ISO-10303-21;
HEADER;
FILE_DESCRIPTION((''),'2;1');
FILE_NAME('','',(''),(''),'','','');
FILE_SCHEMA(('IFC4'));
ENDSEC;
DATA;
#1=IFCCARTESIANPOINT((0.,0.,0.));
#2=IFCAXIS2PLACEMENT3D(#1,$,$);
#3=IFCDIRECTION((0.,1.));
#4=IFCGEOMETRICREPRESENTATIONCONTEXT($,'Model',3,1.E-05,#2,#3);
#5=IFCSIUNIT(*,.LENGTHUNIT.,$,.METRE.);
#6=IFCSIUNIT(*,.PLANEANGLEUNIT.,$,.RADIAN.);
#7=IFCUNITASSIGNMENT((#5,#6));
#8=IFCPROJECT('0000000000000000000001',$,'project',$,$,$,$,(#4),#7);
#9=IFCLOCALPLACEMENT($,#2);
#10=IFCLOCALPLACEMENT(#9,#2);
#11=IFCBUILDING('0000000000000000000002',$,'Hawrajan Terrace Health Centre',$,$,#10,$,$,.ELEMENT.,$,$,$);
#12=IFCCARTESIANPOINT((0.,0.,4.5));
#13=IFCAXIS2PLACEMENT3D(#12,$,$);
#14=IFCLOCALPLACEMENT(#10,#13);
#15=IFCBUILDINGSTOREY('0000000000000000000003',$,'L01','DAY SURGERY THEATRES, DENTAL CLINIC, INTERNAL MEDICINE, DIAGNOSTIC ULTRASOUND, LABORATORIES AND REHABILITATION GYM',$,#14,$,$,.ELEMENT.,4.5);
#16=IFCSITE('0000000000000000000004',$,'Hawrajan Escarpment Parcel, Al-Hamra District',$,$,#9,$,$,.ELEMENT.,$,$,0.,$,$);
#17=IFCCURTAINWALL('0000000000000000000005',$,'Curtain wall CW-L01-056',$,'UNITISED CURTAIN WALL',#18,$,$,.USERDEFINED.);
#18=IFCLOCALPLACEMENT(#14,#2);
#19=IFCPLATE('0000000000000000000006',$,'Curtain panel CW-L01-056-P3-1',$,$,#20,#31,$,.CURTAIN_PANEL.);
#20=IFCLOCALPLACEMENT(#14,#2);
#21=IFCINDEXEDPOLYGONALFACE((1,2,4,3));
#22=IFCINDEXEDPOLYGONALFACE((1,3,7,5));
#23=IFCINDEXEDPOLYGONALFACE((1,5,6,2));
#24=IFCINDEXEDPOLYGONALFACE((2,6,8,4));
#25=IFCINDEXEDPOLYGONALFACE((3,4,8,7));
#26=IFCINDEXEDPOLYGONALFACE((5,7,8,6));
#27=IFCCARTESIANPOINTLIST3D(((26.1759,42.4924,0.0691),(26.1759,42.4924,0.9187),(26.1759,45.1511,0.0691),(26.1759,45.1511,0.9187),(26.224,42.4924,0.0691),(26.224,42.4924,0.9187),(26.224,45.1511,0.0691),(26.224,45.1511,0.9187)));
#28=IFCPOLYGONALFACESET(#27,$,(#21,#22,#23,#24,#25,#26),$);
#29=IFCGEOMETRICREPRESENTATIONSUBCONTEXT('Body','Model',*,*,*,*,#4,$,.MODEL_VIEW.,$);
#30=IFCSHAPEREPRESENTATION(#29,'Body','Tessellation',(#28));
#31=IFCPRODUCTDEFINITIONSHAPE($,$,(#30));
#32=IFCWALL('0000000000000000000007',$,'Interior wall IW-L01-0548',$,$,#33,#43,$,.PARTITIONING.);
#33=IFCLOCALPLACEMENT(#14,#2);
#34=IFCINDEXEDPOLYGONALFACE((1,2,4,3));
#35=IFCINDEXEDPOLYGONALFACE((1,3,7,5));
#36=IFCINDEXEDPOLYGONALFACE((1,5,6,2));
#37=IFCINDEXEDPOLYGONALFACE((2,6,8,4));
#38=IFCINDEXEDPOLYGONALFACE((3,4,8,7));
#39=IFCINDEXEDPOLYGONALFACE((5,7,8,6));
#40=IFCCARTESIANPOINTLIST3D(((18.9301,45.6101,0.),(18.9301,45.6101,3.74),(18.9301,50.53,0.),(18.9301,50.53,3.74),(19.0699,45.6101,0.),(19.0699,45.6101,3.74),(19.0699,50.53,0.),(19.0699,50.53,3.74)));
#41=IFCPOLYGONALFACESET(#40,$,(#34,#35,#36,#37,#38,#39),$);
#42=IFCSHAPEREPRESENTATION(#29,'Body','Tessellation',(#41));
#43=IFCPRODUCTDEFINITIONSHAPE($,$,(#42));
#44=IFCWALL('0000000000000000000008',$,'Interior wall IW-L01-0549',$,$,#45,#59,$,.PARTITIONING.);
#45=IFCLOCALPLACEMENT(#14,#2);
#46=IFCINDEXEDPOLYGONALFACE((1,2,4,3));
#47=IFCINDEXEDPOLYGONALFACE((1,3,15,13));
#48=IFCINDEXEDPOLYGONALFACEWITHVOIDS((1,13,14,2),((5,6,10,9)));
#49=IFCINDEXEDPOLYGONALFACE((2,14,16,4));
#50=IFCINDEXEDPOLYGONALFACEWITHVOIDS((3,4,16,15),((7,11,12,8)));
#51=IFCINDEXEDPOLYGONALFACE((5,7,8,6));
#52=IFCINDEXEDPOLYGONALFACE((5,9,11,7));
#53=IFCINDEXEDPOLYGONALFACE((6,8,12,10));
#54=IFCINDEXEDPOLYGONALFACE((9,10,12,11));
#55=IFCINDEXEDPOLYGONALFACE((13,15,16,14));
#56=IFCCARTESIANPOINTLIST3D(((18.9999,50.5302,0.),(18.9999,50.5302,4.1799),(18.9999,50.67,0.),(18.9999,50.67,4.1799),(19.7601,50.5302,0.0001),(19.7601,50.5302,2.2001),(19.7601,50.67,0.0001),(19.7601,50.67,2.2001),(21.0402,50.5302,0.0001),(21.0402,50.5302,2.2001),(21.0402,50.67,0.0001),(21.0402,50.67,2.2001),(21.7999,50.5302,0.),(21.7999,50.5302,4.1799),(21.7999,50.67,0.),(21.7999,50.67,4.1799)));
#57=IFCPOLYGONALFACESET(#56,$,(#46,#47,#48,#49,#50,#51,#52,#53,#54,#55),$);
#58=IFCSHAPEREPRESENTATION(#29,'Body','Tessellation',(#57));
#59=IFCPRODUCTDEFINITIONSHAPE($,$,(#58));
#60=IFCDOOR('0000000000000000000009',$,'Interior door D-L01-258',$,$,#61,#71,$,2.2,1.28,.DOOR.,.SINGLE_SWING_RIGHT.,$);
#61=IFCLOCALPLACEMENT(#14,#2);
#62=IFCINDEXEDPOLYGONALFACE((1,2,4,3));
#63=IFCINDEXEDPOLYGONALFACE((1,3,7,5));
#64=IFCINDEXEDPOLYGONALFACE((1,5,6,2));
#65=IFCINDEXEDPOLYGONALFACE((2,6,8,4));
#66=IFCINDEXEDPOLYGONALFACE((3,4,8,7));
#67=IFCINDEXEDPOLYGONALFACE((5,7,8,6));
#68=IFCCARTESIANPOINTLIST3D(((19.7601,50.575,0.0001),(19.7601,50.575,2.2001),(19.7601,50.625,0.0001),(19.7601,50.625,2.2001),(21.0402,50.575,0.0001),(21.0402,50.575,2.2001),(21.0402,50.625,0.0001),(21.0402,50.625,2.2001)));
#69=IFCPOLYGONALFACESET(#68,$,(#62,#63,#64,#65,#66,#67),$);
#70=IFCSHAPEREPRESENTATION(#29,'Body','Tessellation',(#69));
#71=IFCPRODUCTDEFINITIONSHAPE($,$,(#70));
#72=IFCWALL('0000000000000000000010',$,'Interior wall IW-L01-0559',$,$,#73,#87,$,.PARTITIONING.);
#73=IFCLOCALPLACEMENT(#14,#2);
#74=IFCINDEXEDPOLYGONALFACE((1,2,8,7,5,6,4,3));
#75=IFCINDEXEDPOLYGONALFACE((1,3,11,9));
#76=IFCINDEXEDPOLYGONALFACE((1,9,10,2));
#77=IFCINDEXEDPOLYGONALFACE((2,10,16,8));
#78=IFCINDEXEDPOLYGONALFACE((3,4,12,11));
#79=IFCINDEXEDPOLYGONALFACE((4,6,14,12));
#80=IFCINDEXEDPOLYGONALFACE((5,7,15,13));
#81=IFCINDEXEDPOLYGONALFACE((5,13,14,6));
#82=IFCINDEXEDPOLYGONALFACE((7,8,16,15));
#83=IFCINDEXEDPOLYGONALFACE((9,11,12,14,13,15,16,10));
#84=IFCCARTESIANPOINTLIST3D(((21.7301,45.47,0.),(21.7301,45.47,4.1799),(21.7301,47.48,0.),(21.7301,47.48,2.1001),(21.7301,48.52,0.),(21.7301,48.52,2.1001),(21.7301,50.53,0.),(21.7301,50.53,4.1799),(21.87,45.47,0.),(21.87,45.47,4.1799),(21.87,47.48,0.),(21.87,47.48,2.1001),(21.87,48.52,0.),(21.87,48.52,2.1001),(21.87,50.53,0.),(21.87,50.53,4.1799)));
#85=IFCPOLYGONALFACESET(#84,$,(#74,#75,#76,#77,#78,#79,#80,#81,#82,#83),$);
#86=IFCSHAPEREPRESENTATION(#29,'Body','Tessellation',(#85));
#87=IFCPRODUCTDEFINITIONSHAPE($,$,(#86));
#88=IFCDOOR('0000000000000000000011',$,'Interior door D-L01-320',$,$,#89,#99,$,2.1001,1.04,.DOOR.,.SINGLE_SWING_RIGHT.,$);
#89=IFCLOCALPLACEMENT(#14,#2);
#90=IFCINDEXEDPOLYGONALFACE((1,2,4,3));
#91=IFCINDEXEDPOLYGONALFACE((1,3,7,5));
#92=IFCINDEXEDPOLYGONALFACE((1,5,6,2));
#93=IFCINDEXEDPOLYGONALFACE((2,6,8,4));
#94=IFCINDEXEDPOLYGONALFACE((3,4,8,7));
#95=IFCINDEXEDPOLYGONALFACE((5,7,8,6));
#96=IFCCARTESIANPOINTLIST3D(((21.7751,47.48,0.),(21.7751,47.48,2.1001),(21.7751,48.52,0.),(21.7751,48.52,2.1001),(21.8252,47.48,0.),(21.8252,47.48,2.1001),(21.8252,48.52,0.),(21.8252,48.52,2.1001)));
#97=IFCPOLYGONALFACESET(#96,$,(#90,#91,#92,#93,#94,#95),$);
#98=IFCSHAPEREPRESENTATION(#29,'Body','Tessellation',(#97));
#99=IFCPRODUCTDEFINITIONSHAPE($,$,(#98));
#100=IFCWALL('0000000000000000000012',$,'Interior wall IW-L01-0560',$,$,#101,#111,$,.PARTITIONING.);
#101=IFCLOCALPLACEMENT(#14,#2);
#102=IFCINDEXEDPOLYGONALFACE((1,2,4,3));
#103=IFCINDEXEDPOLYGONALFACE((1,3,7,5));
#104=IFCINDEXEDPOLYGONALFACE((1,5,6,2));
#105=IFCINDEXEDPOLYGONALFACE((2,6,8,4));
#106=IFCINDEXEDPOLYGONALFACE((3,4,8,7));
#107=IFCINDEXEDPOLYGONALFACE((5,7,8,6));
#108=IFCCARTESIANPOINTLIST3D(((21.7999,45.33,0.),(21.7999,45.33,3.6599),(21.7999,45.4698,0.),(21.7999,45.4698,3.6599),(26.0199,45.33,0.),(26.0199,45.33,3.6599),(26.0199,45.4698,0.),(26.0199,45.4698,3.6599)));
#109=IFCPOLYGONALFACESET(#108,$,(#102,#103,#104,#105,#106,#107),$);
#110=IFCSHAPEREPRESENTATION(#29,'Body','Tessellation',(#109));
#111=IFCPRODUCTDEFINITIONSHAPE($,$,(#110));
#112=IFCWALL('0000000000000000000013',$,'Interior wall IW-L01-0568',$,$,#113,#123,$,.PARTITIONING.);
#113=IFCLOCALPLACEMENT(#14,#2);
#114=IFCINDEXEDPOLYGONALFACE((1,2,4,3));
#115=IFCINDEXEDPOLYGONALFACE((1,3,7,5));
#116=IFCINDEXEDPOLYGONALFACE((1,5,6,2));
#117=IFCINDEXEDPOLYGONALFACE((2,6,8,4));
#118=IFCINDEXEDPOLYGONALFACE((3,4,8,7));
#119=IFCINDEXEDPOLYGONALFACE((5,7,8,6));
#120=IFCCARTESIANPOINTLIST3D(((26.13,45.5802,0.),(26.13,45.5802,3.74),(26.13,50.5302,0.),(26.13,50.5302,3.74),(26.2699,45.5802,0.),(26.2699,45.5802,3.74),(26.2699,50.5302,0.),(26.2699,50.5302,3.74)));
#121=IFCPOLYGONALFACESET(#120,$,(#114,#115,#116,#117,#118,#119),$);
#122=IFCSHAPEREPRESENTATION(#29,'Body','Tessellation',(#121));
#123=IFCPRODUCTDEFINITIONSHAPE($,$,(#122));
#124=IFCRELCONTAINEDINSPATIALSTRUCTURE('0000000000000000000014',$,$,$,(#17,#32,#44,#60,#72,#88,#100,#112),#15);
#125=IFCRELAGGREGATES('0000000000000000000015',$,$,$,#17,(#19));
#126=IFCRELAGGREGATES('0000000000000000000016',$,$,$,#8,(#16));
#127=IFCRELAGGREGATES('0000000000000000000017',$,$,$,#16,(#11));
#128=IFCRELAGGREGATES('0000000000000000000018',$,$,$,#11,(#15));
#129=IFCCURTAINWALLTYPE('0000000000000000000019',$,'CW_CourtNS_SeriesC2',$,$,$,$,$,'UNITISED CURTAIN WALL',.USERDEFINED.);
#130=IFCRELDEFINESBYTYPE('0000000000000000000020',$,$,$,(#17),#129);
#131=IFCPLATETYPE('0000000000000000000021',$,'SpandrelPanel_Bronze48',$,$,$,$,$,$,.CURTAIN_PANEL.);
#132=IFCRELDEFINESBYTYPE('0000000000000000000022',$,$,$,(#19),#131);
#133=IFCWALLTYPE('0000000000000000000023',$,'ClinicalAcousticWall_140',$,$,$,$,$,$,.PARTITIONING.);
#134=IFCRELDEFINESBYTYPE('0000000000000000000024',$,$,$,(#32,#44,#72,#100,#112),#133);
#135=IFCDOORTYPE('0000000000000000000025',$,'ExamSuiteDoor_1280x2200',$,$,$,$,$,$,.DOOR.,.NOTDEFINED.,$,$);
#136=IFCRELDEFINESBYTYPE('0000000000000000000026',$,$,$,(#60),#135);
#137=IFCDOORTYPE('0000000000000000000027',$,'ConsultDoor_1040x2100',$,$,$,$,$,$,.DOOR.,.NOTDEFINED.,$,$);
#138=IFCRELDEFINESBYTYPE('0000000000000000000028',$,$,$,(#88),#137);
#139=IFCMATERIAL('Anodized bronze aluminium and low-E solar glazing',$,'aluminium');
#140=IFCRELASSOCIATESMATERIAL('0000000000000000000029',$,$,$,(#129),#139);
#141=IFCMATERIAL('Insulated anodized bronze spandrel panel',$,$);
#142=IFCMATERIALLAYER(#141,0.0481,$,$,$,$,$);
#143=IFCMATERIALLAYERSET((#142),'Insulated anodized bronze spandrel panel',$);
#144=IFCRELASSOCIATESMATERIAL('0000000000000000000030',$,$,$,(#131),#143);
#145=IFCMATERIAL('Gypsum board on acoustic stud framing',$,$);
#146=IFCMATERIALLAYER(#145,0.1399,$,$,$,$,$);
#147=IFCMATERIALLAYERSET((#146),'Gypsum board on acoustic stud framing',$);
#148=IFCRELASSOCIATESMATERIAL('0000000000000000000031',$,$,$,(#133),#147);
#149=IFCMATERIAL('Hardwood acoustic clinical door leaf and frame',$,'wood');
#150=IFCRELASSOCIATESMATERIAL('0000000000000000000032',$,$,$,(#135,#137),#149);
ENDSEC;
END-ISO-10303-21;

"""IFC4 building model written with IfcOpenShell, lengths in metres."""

from ifc_helpers import new_model, si_unit, direction, frame, frame_2d, origin, origin_2d, place, context, subcontext, project, spatial, rectangle, extrude, material, layer, layer_set, type_object, element, fill, aggregate, save


model = new_model("IFC4")

# Units and contexts
model_context = context("Model", 3, precision=1e-05, world=origin(), true_north=direction((0.0, 1.0)))
body_context = subcontext(model_context, "Body", "Model", "MODEL_VIEW")
ifc_project = project(units=[si_unit("LENGTHUNIT", "METRE"), si_unit("PLANEANGLEUNIT", "RADIAN")], contexts=[model_context])

# Site, building, storey
site_placement = place(None, origin())
site = spatial("IfcSite", under=ifc_project, at=site_placement, Name="Hawrajan Escarpment Parcel, Al-Hamra District", CompositionType="ELEMENT", RefElevation=0.0)
building_placement = place(site_placement, origin())
building = spatial("IfcBuilding", under=site, at=building_placement, Name="Hawrajan Terrace Health Centre", CompositionType="ELEMENT")
storey_placement = place(building_placement, frame((0.0, 0.0, 4.5)))
storey = spatial("IfcBuildingStorey", under=building, at=storey_placement, Name="L01", Description="DAY SURGERY THEATRES, DENTAL CLINIC, INTERNAL MEDICINE, DIAGNOSTIC ULTRASOUND, LABORATORIES AND REHABILITATION GYM", CompositionType="ELEMENT", Elevation=4.5)

# Shared definitions
ifc_material_1 = material(Name="Anodized bronze aluminium and low-E solar glazing", Category="aluminium")

# Curtain wall
curtain_wall_type_1 = type_object("IfcCurtainWallType", Name="CW_CourtNS_SeriesC2", ElementType="UNITISED CURTAIN WALL", PredefinedType="USERDEFINED", material=ifc_material_1)
curtain_wall_1_placement = place(storey_placement, origin())
curtain_wall_1 = element("IfcCurtainWall", 1, at=curtain_wall_1_placement, inside=storey, type_object=curtain_wall_type_1, Name="Curtain wall CW-L01-056", ObjectType="UNITISED CURTAIN WALL", PredefinedType="USERDEFINED")

# Plate
ifc_material_2 = material(Name="Insulated anodized bronze spandrel panel")
ifc_layer_1 = layer(ifc_material_2, 0.0481)
ifc_layer_set_1 = layer_set([ifc_layer_1], Name="Insulated anodized bronze spandrel panel")
plate_type_1 = type_object("IfcPlateType", Name="SpandrelPanel_Bronze48", PredefinedType="CURTAIN_PANEL", material=ifc_layer_set_1)
plate_1_placement = place(storey_placement, frame((26.2, 43.8218, 0.0691), z_axis=(0.0, 0.0, 1.0), x_axis=(0.0, 1.0, 0.0)))
plate_1 = element("IfcPlate", 2, at=plate_1_placement, type_object=plate_type_1, Name="Curtain panel CW-L01-056-P3-1", PredefinedType="CURTAIN_PANEL", context=body_context, shape_type="SweptSolid", body=[
    extrude(rectangle(XDim=2.6587, YDim=0.0481, at=origin_2d()), origin(), (0.0, 0.0, 1.0), 0.8496),
])
aggregate(curtain_wall_1, [plate_1])

# Wall
ifc_material_3 = material(Name="Gypsum board on acoustic stud framing")
ifc_layer_2 = layer(ifc_material_3, 0.1399)
ifc_layer_set_2 = layer_set([ifc_layer_2], Name="Gypsum board on acoustic stud framing")
wall_type = type_object("IfcWallType", Name="ClinicalAcousticWall_140", PredefinedType="PARTITIONING", material=ifc_layer_set_2)
wall_1_placement = place(storey_placement, frame((19.0, 45.6101, 0.0), z_axis=(0.0, 0.0, 1.0), x_axis=(0.0, 1.0, 0.0)))
element("IfcWall", 3, at=wall_1_placement, inside=storey, type_object=wall_type, Name="Interior wall IW-L01-0548", PredefinedType="PARTITIONING", context=body_context, shape_type="SweptSolid", body=[
    extrude(rectangle(XDim=4.9199, YDim=0.1399, at=frame_2d((2.46, 0.0))), origin(), (0.0, 0.0, 1.0), 3.74),
])

# Walls, openings, doors
wall_2_placement = place(storey_placement, frame((19.0, 50.6001, 0.0), z_axis=(0.0, 0.0, 1.0), x_axis=(1.0, 0.0, 0.0)))
wall_2 = element("IfcWall", 4, at=wall_2_placement, inside=storey, type_object=wall_type, Name="Interior wall IW-L01-0549", PredefinedType="PARTITIONING", context=body_context, shape_type="SweptSolid", body=[
    extrude(rectangle(XDim=2.8, YDim=0.1399, at=frame_2d((1.3999, 0.0))), origin(), (0.0, 0.0, 1.0), 4.1799),
])
opening_1_placement = place(wall_2_placement, frame((0.76, 0.0, 0.0)))
opening_1 = element("IfcOpeningElement", 5, at=opening_1_placement, cuts=wall_2, PredefinedType="OPENING", context=body_context, shape_type="SweptSolid", body=[
    extrude(rectangle(XDim=1.28, YDim=2.2, at=frame_2d((0.6401, 1.1001))), frame((0.0, 0.0798, 0.0), z_axis=(0.0, -1.0, 0.0), x_axis=(1.0, 0.0, 0.0)), (0.0, 0.0, 1.0), 0.1599),
])
ifc_material_4 = material(Name="Hardwood acoustic clinical door leaf and frame", Category="wood")
door_type_1 = type_object("IfcDoorType", Name="ExamSuiteDoor_1280x2200", OperationType="NOTDEFINED", PredefinedType="DOOR", material=ifc_material_4)
door_1_placement = place(opening_1_placement, origin())
door_1 = element("IfcDoor", 6, at=door_1_placement, inside=storey, type_object=door_type_1, Name="Interior door D-L01-258", OperationType="SINGLE_SWING_RIGHT", OverallHeight=2.2, OverallWidth=1.28, PredefinedType="DOOR", context=body_context, shape_type="SweptSolid", body=[
    extrude(rectangle(XDim=1.28, YDim=2.2, at=frame_2d((0.6401, 1.1001))), frame((0.0, 0.0249, 0.0), z_axis=(0.0, -1.0, 0.0), x_axis=(1.0, 0.0, 0.0)), (0.0, 0.0, 1.0), 0.05),
])
fill(opening_1, door_1)
wall_3_placement = place(storey_placement, frame((21.8, 45.47, 0.0), z_axis=(0.0, 0.0, 1.0), x_axis=(0.0, 1.0, 0.0)))
wall_3 = element("IfcWall", 7, at=wall_3_placement, inside=storey, type_object=wall_type, Name="Interior wall IW-L01-0559", PredefinedType="PARTITIONING", context=body_context, shape_type="SweptSolid", body=[
    extrude(rectangle(XDim=5.0601, YDim=0.1399, at=frame_2d((2.53, 0.0))), origin(), (0.0, 0.0, 1.0), 4.1799),
])
opening_2_placement = place(wall_3_placement, frame((2.01, 0.0, 0.0)))
opening_2 = element("IfcOpeningElement", 8, at=opening_2_placement, cuts=wall_3, PredefinedType="OPENING", context=body_context, shape_type="SweptSolid", body=[
    extrude(rectangle(XDim=1.04, YDim=2.1001, at=frame_2d((0.52, 1.05))), frame((0.0, 0.0798, 0.0), z_axis=(0.0, -1.0, 0.0), x_axis=(1.0, 0.0, 0.0)), (0.0, 0.0, 1.0), 0.1599),
])
door_type_2 = type_object("IfcDoorType", Name="ConsultDoor_1040x2100", OperationType="NOTDEFINED", PredefinedType="DOOR", material=ifc_material_4)
door_2_placement = place(opening_2_placement, origin())
door_2 = element("IfcDoor", 9, at=door_2_placement, inside=storey, type_object=door_type_2, Name="Interior door D-L01-320", OperationType="SINGLE_SWING_RIGHT", OverallHeight=2.1001, OverallWidth=1.04, PredefinedType="DOOR", context=body_context, shape_type="SweptSolid", body=[
    extrude(rectangle(XDim=1.04, YDim=2.1001, at=frame_2d((0.52, 1.05))), frame((0.0, 0.0249, 0.0), z_axis=(0.0, -1.0, 0.0), x_axis=(1.0, 0.0, 0.0)), (0.0, 0.0, 1.0), 0.05),
])
fill(opening_2, door_2)

# Walls
wall_4_placement = place(storey_placement, frame((21.8, 45.3999, 0.0), z_axis=(0.0, 0.0, 1.0), x_axis=(1.0, 0.0, 0.0)))
element("IfcWall", 10, at=wall_4_placement, inside=storey, type_object=wall_type, Name="Interior wall IW-L01-0560", PredefinedType="PARTITIONING", context=body_context, shape_type="SweptSolid", body=[
    extrude(rectangle(XDim=4.22, YDim=0.1399, at=frame_2d((2.1099, 0.0))), origin(), (0.0, 0.0, 1.0), 3.6599),
])
wall_5_placement = place(storey_placement, frame((26.2, 45.5801, 0.0), z_axis=(0.0, 0.0, 1.0), x_axis=(0.0, 1.0, 0.0)))
element("IfcWall", 11, at=wall_5_placement, inside=storey, type_object=wall_type, Name="Interior wall IW-L01-0568", PredefinedType="PARTITIONING", context=body_context, shape_type="SweptSolid", body=[
    extrude(rectangle(XDim=4.95, YDim=0.1399, at=frame_2d((2.4751, 0.0))), origin(), (0.0, 0.0, 1.0), 3.74),
])

save(model, "model.ifc")
